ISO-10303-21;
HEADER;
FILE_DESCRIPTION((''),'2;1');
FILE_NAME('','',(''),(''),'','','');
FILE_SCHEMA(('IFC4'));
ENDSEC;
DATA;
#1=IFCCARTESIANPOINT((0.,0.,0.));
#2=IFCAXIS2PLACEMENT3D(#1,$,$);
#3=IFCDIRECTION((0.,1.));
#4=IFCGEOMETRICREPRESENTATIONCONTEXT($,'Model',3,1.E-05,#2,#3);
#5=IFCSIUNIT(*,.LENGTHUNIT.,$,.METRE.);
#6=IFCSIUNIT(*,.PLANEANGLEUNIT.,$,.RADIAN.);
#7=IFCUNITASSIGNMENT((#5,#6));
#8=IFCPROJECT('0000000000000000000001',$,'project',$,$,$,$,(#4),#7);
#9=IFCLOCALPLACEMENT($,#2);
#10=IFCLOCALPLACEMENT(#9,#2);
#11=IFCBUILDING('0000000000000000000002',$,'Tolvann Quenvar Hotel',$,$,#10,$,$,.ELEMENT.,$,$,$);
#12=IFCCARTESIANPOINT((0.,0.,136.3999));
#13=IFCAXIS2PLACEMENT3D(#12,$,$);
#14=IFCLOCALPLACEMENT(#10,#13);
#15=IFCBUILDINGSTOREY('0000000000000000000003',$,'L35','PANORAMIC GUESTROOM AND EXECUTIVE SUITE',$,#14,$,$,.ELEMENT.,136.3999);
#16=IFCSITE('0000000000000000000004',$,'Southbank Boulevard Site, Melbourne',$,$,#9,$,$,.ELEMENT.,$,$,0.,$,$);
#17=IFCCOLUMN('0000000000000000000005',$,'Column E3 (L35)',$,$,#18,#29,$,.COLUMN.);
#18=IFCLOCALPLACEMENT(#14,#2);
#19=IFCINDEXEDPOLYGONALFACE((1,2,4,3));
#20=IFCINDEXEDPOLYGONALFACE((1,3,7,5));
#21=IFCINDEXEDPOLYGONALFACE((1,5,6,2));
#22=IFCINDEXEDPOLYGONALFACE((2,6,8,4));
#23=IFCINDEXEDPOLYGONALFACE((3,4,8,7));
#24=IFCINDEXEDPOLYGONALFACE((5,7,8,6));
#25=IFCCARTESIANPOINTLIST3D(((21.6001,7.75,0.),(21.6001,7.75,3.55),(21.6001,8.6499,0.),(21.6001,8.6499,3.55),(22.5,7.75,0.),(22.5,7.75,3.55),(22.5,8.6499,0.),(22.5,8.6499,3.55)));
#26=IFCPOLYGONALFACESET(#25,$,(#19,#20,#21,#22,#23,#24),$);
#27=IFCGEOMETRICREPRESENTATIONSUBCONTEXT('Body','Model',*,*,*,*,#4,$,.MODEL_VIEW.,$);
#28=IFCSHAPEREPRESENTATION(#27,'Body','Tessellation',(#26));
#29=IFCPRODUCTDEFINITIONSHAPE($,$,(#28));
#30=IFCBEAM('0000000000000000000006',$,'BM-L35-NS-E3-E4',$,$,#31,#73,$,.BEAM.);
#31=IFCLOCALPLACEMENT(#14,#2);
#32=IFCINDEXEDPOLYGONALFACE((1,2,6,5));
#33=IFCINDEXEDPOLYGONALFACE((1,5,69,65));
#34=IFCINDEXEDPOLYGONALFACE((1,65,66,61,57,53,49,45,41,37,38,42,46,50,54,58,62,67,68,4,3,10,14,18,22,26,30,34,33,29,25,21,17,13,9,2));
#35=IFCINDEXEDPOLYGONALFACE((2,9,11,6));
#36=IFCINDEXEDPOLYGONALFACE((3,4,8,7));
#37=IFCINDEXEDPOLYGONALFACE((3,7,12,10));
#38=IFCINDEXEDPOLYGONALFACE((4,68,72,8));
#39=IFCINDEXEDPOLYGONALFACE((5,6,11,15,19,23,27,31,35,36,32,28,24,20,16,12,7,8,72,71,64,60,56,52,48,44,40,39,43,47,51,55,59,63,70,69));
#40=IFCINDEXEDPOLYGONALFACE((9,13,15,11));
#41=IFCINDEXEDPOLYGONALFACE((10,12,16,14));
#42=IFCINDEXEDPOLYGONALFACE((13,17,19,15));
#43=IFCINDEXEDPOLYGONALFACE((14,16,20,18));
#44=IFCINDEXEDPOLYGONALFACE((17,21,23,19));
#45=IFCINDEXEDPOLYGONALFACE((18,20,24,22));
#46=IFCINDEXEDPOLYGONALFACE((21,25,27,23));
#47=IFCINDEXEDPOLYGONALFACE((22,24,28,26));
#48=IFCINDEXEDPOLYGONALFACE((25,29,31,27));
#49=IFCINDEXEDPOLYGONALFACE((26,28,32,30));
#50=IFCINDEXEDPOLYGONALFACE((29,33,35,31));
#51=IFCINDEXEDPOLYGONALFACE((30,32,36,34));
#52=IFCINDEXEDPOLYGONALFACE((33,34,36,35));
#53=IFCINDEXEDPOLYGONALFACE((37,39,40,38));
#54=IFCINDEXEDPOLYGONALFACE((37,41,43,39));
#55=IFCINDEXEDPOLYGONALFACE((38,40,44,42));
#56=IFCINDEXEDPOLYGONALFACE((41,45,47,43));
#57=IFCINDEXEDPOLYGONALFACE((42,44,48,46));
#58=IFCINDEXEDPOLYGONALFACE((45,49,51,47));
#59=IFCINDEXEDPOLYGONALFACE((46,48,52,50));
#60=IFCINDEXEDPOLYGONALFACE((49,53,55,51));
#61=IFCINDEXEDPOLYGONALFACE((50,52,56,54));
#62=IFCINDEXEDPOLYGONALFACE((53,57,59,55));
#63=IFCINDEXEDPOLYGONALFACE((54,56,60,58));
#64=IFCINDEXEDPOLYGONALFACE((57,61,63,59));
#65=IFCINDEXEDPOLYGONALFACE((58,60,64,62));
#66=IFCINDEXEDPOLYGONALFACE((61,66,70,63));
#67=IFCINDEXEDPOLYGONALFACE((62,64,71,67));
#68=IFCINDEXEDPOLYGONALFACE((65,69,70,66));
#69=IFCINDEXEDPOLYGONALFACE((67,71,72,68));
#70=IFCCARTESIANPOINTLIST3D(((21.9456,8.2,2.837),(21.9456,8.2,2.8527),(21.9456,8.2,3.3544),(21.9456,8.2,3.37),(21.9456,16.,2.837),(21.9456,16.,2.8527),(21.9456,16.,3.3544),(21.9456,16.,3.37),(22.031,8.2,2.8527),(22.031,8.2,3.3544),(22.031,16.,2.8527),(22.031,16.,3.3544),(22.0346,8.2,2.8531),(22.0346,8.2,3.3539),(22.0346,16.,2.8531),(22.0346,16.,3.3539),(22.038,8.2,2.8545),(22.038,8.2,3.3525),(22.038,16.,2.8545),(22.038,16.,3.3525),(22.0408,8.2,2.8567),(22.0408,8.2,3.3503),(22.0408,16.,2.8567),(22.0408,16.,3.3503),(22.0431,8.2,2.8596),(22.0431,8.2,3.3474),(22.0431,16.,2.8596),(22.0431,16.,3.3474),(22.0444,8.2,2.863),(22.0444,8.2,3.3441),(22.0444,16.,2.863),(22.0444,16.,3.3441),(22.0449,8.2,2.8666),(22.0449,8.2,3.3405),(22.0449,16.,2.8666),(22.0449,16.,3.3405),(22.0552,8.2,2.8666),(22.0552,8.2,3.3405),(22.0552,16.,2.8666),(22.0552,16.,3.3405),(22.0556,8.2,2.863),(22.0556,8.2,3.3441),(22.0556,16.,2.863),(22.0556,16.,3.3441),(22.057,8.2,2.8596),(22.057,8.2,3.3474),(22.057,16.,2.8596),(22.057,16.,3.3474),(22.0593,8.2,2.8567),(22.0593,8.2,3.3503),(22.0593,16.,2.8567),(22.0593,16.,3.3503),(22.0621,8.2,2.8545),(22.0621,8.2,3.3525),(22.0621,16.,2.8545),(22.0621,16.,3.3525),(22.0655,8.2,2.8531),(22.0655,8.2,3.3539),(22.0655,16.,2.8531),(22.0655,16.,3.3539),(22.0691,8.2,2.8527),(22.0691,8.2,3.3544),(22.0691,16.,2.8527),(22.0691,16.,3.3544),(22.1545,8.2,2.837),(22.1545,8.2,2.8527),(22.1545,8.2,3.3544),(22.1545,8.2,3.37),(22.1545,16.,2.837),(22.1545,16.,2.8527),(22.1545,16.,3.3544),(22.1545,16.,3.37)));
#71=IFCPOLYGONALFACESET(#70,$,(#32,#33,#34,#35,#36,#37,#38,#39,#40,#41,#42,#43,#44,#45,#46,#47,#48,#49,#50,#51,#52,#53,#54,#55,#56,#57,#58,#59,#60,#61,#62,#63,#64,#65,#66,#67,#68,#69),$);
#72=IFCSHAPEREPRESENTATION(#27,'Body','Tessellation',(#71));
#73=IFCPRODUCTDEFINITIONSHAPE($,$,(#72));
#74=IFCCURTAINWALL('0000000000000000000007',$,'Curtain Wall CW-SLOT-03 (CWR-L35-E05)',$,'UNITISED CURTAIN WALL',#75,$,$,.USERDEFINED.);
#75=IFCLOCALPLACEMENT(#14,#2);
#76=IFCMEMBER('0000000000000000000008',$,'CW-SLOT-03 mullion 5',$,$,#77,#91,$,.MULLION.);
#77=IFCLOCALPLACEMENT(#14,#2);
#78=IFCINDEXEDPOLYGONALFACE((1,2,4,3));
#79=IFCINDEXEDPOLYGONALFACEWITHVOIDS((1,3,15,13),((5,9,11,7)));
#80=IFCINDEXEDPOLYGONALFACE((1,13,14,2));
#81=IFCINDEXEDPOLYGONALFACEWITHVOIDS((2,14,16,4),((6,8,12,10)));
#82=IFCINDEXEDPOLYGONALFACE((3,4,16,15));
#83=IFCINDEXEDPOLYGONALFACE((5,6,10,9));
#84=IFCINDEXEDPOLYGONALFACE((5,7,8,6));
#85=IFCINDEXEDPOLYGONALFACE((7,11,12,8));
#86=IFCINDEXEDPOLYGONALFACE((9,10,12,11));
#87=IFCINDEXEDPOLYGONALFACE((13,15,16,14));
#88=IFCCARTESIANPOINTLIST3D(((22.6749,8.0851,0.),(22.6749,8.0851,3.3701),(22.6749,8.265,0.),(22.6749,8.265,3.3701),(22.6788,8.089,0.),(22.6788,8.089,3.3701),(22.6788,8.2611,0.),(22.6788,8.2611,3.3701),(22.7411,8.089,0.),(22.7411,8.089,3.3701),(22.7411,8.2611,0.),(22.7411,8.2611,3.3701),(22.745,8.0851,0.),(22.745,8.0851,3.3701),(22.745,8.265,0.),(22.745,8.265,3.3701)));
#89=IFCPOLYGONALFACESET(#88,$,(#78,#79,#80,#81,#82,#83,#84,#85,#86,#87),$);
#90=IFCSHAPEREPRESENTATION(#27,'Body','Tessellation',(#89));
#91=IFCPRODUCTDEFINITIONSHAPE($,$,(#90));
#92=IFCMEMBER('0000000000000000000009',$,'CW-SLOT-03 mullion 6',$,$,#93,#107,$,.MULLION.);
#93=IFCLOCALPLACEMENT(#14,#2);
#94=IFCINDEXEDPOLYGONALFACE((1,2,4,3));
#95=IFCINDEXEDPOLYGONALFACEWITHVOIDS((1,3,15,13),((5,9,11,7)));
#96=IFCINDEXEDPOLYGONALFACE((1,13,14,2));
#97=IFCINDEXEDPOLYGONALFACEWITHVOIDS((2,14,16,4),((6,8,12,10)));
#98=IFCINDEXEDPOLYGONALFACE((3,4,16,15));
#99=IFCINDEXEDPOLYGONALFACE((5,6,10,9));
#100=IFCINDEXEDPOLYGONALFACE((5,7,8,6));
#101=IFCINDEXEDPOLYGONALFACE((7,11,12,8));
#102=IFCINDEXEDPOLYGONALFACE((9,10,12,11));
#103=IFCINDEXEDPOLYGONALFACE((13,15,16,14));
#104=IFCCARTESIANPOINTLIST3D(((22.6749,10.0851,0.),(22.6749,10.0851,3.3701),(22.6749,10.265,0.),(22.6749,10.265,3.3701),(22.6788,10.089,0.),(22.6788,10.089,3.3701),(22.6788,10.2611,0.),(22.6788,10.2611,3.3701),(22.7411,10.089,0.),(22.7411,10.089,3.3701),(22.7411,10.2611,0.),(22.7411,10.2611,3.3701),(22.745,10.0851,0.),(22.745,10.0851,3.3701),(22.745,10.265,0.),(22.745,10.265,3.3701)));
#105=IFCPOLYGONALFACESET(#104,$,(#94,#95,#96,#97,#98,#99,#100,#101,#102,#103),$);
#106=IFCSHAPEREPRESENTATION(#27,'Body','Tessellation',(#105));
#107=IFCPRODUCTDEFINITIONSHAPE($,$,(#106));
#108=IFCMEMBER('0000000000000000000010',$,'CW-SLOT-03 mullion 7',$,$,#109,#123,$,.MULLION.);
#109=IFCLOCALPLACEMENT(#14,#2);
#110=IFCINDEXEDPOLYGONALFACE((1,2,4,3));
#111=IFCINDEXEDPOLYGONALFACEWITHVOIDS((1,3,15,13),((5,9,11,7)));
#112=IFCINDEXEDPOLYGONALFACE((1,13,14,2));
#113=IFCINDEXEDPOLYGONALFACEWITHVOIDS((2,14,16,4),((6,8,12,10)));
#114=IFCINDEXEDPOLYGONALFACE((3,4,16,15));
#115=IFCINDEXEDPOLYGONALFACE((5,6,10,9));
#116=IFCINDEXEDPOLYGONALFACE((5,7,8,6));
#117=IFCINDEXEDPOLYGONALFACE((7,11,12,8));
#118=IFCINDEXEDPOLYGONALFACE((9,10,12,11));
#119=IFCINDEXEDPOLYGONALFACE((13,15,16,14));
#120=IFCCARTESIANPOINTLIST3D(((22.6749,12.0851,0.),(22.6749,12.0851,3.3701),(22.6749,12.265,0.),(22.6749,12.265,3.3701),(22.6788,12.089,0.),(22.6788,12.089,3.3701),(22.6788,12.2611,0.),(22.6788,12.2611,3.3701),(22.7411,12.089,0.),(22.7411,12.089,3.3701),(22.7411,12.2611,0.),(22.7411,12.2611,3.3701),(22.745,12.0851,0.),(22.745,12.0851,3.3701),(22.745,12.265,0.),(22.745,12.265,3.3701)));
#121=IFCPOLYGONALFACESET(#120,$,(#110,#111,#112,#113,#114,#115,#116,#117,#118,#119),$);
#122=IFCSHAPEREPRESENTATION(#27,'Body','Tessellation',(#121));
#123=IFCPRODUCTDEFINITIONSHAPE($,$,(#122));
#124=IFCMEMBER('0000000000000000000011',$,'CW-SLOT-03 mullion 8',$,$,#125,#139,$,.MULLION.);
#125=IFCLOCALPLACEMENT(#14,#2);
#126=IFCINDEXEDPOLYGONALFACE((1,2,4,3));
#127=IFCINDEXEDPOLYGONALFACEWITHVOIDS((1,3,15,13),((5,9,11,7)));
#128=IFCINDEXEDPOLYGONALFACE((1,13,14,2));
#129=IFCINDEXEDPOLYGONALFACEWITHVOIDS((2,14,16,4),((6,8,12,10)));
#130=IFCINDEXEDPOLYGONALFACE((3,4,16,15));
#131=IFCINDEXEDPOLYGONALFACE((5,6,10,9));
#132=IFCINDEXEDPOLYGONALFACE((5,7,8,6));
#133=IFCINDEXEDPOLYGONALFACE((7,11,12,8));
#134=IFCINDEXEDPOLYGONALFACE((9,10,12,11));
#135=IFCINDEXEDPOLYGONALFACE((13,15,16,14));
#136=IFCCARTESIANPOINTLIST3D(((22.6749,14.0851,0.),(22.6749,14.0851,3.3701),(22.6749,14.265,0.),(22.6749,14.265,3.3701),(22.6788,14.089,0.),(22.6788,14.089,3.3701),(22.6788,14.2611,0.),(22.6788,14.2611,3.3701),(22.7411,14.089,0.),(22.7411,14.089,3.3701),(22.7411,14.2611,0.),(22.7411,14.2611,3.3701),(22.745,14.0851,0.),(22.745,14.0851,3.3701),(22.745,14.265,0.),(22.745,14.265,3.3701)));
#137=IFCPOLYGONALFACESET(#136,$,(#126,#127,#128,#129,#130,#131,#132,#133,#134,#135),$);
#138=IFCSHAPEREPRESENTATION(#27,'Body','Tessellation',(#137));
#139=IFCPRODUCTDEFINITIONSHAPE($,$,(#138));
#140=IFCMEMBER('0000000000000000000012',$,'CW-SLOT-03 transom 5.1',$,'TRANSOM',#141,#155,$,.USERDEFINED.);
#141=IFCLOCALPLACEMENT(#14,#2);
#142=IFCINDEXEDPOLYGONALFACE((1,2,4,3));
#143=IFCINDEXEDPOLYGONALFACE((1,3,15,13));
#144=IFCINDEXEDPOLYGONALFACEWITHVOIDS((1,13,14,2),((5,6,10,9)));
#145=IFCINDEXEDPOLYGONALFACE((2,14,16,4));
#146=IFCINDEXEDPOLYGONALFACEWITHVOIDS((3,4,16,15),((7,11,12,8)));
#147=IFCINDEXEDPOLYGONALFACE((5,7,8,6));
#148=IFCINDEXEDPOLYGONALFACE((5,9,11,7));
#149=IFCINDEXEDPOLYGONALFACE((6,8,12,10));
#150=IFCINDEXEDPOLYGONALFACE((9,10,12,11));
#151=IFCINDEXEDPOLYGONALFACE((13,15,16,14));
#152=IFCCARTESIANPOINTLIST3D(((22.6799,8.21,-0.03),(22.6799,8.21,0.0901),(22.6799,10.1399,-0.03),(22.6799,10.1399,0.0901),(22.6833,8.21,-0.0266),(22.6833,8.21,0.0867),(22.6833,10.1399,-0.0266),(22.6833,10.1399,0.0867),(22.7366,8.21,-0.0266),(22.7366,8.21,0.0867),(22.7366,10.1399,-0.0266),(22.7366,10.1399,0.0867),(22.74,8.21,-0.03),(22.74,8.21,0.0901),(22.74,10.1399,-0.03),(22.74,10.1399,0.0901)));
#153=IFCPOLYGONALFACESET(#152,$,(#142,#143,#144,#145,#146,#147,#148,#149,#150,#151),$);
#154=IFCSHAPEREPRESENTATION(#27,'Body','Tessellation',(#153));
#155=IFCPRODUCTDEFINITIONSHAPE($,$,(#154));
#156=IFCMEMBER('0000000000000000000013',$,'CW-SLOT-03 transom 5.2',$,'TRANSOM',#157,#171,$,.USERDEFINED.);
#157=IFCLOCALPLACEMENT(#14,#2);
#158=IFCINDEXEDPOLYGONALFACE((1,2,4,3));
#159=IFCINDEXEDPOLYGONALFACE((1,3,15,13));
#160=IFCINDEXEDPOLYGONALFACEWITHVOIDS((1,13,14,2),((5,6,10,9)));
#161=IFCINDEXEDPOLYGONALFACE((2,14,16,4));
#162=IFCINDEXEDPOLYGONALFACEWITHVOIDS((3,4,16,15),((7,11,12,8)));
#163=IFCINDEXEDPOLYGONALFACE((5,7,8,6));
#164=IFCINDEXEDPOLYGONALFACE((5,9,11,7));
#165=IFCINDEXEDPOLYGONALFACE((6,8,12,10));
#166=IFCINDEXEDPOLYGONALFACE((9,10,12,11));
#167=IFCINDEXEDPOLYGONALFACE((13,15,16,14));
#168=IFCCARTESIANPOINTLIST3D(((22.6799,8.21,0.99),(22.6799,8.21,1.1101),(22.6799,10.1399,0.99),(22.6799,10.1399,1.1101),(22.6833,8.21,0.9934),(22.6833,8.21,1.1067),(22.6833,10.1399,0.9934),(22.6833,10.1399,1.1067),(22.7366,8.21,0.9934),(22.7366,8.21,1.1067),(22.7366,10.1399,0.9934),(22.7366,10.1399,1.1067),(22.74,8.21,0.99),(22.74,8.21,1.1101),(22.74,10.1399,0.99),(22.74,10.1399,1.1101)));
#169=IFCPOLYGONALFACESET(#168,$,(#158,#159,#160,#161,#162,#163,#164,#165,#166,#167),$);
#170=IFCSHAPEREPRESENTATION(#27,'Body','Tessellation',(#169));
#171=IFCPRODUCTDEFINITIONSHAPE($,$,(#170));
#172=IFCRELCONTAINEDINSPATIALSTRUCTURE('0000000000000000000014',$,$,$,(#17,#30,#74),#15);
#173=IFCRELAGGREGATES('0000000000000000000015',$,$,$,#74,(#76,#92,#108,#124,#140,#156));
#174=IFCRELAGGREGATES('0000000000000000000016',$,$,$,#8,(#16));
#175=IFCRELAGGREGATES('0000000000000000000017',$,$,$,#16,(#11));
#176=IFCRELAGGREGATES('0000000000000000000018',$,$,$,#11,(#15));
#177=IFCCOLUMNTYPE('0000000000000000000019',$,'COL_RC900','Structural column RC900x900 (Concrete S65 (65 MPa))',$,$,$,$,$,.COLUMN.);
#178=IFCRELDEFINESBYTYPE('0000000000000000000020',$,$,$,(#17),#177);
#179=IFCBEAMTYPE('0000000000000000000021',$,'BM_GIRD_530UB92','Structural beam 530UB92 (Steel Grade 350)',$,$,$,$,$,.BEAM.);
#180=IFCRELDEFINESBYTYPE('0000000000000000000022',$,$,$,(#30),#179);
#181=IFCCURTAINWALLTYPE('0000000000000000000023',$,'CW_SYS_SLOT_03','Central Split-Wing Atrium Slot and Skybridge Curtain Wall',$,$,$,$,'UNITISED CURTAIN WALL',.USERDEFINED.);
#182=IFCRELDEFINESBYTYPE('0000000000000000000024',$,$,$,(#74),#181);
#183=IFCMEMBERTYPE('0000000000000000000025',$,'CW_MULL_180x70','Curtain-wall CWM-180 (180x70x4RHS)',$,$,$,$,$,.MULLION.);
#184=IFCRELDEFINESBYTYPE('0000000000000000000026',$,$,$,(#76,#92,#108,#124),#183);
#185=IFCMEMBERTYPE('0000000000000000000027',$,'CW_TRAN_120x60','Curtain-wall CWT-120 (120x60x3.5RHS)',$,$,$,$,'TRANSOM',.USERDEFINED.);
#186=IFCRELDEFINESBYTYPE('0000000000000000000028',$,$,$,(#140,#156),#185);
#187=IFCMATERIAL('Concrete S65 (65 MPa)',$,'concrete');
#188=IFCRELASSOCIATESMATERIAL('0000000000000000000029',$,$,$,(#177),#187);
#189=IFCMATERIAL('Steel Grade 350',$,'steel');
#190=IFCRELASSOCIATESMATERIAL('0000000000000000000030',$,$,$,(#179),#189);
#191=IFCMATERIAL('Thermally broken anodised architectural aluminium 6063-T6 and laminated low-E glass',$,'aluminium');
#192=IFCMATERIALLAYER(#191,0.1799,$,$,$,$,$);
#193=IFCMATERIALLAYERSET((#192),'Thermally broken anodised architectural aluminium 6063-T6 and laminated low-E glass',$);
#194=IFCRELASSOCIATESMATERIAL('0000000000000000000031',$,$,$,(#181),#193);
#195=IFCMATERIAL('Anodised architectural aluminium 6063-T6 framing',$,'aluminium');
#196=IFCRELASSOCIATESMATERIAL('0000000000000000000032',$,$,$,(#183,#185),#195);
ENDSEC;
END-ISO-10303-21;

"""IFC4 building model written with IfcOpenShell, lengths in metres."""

from ifc_helpers import new_model, si_unit, direction, frame, origin, origin_2d, place, context, subcontext, project, spatial, rectangle, hollow_rectangle, i_section, extrude, source, transform, mapped, material, layer, layer_set, material_profile, profile_set, type_object, type_shapes, element, aggregate, save


model = new_model("IFC4")

# Units and contexts
model_context = context("Model", 3, precision=1e-05, world=origin(), true_north=direction((0.0, 1.0)))
body_context = subcontext(model_context, "Body", "Model", "MODEL_VIEW")
ifc_project = project(units=[si_unit("LENGTHUNIT", "METRE"), si_unit("PLANEANGLEUNIT", "RADIAN")], contexts=[model_context])

# Site, building, storey
site_placement = place(None, origin())
site = spatial("IfcSite", under=ifc_project, at=site_placement, Name="Southbank Boulevard Site, Melbourne", CompositionType="ELEMENT", RefElevation=0.0)
building_placement = place(site_placement, origin())
building = spatial("IfcBuilding", under=site, at=building_placement, Name="Tolvann Quenvar Hotel", CompositionType="ELEMENT")
storey_placement = place(building_placement, frame((0.0, 0.0, 136.3999)))
storey = spatial("IfcBuildingStorey", under=building, at=storey_placement, Name="L35", Description="PANORAMIC GUESTROOM AND EXECUTIVE SUITE", CompositionType="ELEMENT", Elevation=136.3999)

# Column
ifc_material_1 = material(Name="Concrete S65 (65 MPa)", Category="concrete")
ifc_material_profile_1 = material_profile(ifc_material_1, rectangle(XDim=0.8999, YDim=0.8999, at=origin_2d()), Name="RC900x900")
ifc_profile_set_1 = profile_set([ifc_material_profile_1], Name="Concrete S65 (65 MPa)")
column_type = type_object("IfcColumnType", Name="COL_RC900", Description="Structural column RC900x900 (Concrete S65 (65 MPa))", PredefinedType="COLUMN", material=ifc_profile_set_1)
shared_shape_1 = source(origin(), body_context, "Body", "SweptSolid", [
    extrude(rectangle(XDim=0.8999, YDim=0.8999, at=origin_2d()), origin(), (0.0, 0.0, 1.0), 3.55),
])
type_shapes(column_type, [shared_shape_1])
column_placement = place(storey_placement, frame((22.05, 8.2, 0.0), z_axis=(0.0, 0.0, 1.0), x_axis=(1.0, 0.0, 0.0)))
element("IfcColumn", 1, at=column_placement, inside=storey, type_object=column_type, Name="Column E3 (L35)", PredefinedType="COLUMN", context=body_context, shape_type="MappedRepresentation", body=[
    mapped(shared_shape_1, transform((0.0, 0.0, 0.0), x_axis=(1.0, 0.0, 0.0), y_axis=(0.0, 1.0, 0.0), z_axis=(0.0, 0.0, 1.0), scale=1.0)),
])

# Beam
ifc_material_2 = material(Name="Steel Grade 350", Category="steel")
ifc_material_profile_2 = material_profile(ifc_material_2, i_section(OverallWidth=0.209, OverallDepth=0.533, WebThickness=0.0103, FlangeThickness=0.0156, FilletRadius=0.0139, at=origin_2d()), Name="530UB92")
ifc_profile_set_2 = profile_set([ifc_material_profile_2], Name="Steel Grade 350")
beam_type = type_object("IfcBeamType", Name="BM_GIRD_530UB92", Description="Structural beam 530UB92 (Steel Grade 350)", PredefinedType="BEAM", material=ifc_profile_set_2)
shared_shape_2 = source(origin(), body_context, "Body", "SweptSolid", [
    extrude(i_section(OverallWidth=0.209, OverallDepth=0.533, WebThickness=0.0103, FlangeThickness=0.0156, FilletRadius=0.0139, at=origin_2d()), origin(), (0.0, 0.0, 1.0), 7.8),
])
type_shapes(beam_type, [shared_shape_2])
beam_placement = place(storey_placement, frame((22.05, 8.2, 3.1035), z_axis=(0.0, 1.0, 0.0), x_axis=(-1.0, 0.0, 0.0)))
element("IfcBeam", 2, at=beam_placement, inside=storey, type_object=beam_type, Name="BM-L35-NS-E3-E4", PredefinedType="BEAM", context=body_context, shape_type="MappedRepresentation", body=[
    mapped(shared_shape_2, transform((0.0, 0.0, 0.0), x_axis=(1.0, 0.0, 0.0), y_axis=(0.0, 1.0, 0.0), z_axis=(0.0, 0.0, 1.0), scale=1.0)),
])

# Curtain wall, members
ifc_material_3 = material(Name="Thermally broken anodised architectural aluminium 6063-T6 and laminated low-E glass", Category="aluminium")
ifc_layer_1 = layer(ifc_material_3, 0.1799)
ifc_layer_set_1 = layer_set([ifc_layer_1], Name="Thermally broken anodised architectural aluminium 6063-T6 and laminated low-E glass")
curtain_wall_type = type_object("IfcCurtainWallType", Name="CW_SYS_SLOT_03", Description="Central Split-Wing Atrium Slot and Skybridge Curtain Wall", ElementType="UNITISED CURTAIN WALL", PredefinedType="USERDEFINED", material=ifc_layer_set_1)
curtain_wall_placement = place(storey_placement, origin())
curtain_wall = element("IfcCurtainWall", 3, at=curtain_wall_placement, inside=storey, type_object=curtain_wall_type, Name="Curtain Wall CW-SLOT-03 (CWR-L35-E05)", ObjectType="UNITISED CURTAIN WALL", PredefinedType="USERDEFINED")
ifc_material_4 = material(Name="Anodised architectural aluminium 6063-T6 framing", Category="aluminium")
ifc_material_profile_3 = material_profile(ifc_material_4, hollow_rectangle(XDim=0.0701, YDim=0.1799, WallThickness=0.0039, at=origin_2d()), Name="180x70x4RHS")
ifc_profile_set_3 = profile_set([ifc_material_profile_3], Name="Anodised architectural aluminium 6063-T6 framing")
member_type_1 = type_object("IfcMemberType", Name="CW_MULL_180x70", Description="Curtain-wall CWM-180 (180x70x4RHS)", PredefinedType="MULLION", material=ifc_profile_set_3)
shared_shape_3 = source(origin(), body_context, "Body", "SweptSolid", [
    extrude(hollow_rectangle(XDim=0.0701, YDim=0.1799, WallThickness=0.0039, at=origin_2d()), origin(), (0.0, 0.0, 1.0), 3.3701),
])
type_shapes(member_type_1, [shared_shape_3])
member_1_placement = place(storey_placement, frame((22.71, 8.175, 0.0), z_axis=(0.0, 0.0, 1.0), x_axis=(-1.0, 0.0, 0.0)))
member_1 = element("IfcMember", 4, at=member_1_placement, type_object=member_type_1, Name="CW-SLOT-03 mullion 5", PredefinedType="MULLION", context=body_context, shape_type="MappedRepresentation", body=[
    mapped(shared_shape_3, transform((0.0, 0.0, 0.0), x_axis=(1.0, 0.0, 0.0), y_axis=(0.0, 1.0, 0.0), z_axis=(0.0, 0.0, 1.0), scale=1.0)),
])
member_2_placement = place(storey_placement, frame((22.71, 10.175, 0.0), z_axis=(0.0, 0.0, 1.0), x_axis=(-1.0, 0.0, 0.0)))
member_2 = element("IfcMember", 5, at=member_2_placement, type_object=member_type_1, Name="CW-SLOT-03 mullion 6", PredefinedType="MULLION", context=body_context, shape_type="MappedRepresentation", body=[
    mapped(shared_shape_3, transform((0.0, 0.0, 0.0), x_axis=(1.0, 0.0, 0.0), y_axis=(0.0, 1.0, 0.0), z_axis=(0.0, 0.0, 1.0), scale=1.0)),
])
member_3_placement = place(storey_placement, frame((22.71, 12.175, 0.0), z_axis=(0.0, 0.0, 1.0), x_axis=(-1.0, 0.0, 0.0)))
member_3 = element("IfcMember", 6, at=member_3_placement, type_object=member_type_1, Name="CW-SLOT-03 mullion 7", PredefinedType="MULLION", context=body_context, shape_type="MappedRepresentation", body=[
    mapped(shared_shape_3, transform((0.0, 0.0, 0.0), x_axis=(1.0, 0.0, 0.0), y_axis=(0.0, 1.0, 0.0), z_axis=(0.0, 0.0, 1.0), scale=1.0)),
])
member_4_placement = place(storey_placement, frame((22.71, 14.175, 0.0), z_axis=(0.0, 0.0, 1.0), x_axis=(-1.0, 0.0, 0.0)))
member_4 = element("IfcMember", 7, at=member_4_placement, type_object=member_type_1, Name="CW-SLOT-03 mullion 8", PredefinedType="MULLION", context=body_context, shape_type="MappedRepresentation", body=[
    mapped(shared_shape_3, transform((0.0, 0.0, 0.0), x_axis=(1.0, 0.0, 0.0), y_axis=(0.0, 1.0, 0.0), z_axis=(0.0, 0.0, 1.0), scale=1.0)),
])
ifc_material_profile_4 = material_profile(ifc_material_4, hollow_rectangle(XDim=0.0601, YDim=0.1201, WallThickness=0.0034, at=origin_2d()), Name="120x60x3.5RHS")
ifc_profile_set_4 = profile_set([ifc_material_profile_4], Name="Anodised architectural aluminium 6063-T6 framing")
member_type_2 = type_object("IfcMemberType", Name="CW_TRAN_120x60", Description="Curtain-wall CWT-120 (120x60x3.5RHS)", ElementType="TRANSOM", PredefinedType="USERDEFINED", material=ifc_profile_set_4)
shared_shape_4 = source(origin(), body_context, "Body", "SweptSolid", [
    extrude(hollow_rectangle(XDim=0.0601, YDim=0.1201, WallThickness=0.0034, at=origin_2d()), origin(), (0.0, 0.0, 1.0), 1.9299),
])
member_5_placement = place(storey_placement, frame((22.71, 8.21, 0.03), z_axis=(0.0, 1.0, 0.0), x_axis=(-1.0, 0.0, 0.0)))
member_5 = element("IfcMember", 8, at=member_5_placement, type_object=member_type_2, Name="CW-SLOT-03 transom 5.1", ObjectType="TRANSOM", PredefinedType="USERDEFINED", context=body_context, shape_type="MappedRepresentation", body=[
    mapped(shared_shape_4, transform((0.0, 0.0, 0.0), x_axis=(1.0, 0.0, 0.0), y_axis=(0.0, 1.0, 0.0), z_axis=(0.0, 0.0, 1.0), scale=1.0)),
])
member_6_placement = place(storey_placement, frame((22.71, 8.21, 1.05), z_axis=(0.0, 1.0, 0.0), x_axis=(-1.0, 0.0, 0.0)))
member_6 = element("IfcMember", 9, at=member_6_placement, type_object=member_type_2, Name="CW-SLOT-03 transom 5.2", ObjectType="TRANSOM", PredefinedType="USERDEFINED", context=body_context, shape_type="MappedRepresentation", body=[
    mapped(shared_shape_4, transform((0.0, 0.0, 0.0), x_axis=(1.0, 0.0, 0.0), y_axis=(0.0, 1.0, 0.0), z_axis=(0.0, 0.0, 1.0), scale=1.0)),
])
aggregate(curtain_wall, [member_1, member_2, member_3, member_4, member_5, member_6])

save(model, "model.ifc")
